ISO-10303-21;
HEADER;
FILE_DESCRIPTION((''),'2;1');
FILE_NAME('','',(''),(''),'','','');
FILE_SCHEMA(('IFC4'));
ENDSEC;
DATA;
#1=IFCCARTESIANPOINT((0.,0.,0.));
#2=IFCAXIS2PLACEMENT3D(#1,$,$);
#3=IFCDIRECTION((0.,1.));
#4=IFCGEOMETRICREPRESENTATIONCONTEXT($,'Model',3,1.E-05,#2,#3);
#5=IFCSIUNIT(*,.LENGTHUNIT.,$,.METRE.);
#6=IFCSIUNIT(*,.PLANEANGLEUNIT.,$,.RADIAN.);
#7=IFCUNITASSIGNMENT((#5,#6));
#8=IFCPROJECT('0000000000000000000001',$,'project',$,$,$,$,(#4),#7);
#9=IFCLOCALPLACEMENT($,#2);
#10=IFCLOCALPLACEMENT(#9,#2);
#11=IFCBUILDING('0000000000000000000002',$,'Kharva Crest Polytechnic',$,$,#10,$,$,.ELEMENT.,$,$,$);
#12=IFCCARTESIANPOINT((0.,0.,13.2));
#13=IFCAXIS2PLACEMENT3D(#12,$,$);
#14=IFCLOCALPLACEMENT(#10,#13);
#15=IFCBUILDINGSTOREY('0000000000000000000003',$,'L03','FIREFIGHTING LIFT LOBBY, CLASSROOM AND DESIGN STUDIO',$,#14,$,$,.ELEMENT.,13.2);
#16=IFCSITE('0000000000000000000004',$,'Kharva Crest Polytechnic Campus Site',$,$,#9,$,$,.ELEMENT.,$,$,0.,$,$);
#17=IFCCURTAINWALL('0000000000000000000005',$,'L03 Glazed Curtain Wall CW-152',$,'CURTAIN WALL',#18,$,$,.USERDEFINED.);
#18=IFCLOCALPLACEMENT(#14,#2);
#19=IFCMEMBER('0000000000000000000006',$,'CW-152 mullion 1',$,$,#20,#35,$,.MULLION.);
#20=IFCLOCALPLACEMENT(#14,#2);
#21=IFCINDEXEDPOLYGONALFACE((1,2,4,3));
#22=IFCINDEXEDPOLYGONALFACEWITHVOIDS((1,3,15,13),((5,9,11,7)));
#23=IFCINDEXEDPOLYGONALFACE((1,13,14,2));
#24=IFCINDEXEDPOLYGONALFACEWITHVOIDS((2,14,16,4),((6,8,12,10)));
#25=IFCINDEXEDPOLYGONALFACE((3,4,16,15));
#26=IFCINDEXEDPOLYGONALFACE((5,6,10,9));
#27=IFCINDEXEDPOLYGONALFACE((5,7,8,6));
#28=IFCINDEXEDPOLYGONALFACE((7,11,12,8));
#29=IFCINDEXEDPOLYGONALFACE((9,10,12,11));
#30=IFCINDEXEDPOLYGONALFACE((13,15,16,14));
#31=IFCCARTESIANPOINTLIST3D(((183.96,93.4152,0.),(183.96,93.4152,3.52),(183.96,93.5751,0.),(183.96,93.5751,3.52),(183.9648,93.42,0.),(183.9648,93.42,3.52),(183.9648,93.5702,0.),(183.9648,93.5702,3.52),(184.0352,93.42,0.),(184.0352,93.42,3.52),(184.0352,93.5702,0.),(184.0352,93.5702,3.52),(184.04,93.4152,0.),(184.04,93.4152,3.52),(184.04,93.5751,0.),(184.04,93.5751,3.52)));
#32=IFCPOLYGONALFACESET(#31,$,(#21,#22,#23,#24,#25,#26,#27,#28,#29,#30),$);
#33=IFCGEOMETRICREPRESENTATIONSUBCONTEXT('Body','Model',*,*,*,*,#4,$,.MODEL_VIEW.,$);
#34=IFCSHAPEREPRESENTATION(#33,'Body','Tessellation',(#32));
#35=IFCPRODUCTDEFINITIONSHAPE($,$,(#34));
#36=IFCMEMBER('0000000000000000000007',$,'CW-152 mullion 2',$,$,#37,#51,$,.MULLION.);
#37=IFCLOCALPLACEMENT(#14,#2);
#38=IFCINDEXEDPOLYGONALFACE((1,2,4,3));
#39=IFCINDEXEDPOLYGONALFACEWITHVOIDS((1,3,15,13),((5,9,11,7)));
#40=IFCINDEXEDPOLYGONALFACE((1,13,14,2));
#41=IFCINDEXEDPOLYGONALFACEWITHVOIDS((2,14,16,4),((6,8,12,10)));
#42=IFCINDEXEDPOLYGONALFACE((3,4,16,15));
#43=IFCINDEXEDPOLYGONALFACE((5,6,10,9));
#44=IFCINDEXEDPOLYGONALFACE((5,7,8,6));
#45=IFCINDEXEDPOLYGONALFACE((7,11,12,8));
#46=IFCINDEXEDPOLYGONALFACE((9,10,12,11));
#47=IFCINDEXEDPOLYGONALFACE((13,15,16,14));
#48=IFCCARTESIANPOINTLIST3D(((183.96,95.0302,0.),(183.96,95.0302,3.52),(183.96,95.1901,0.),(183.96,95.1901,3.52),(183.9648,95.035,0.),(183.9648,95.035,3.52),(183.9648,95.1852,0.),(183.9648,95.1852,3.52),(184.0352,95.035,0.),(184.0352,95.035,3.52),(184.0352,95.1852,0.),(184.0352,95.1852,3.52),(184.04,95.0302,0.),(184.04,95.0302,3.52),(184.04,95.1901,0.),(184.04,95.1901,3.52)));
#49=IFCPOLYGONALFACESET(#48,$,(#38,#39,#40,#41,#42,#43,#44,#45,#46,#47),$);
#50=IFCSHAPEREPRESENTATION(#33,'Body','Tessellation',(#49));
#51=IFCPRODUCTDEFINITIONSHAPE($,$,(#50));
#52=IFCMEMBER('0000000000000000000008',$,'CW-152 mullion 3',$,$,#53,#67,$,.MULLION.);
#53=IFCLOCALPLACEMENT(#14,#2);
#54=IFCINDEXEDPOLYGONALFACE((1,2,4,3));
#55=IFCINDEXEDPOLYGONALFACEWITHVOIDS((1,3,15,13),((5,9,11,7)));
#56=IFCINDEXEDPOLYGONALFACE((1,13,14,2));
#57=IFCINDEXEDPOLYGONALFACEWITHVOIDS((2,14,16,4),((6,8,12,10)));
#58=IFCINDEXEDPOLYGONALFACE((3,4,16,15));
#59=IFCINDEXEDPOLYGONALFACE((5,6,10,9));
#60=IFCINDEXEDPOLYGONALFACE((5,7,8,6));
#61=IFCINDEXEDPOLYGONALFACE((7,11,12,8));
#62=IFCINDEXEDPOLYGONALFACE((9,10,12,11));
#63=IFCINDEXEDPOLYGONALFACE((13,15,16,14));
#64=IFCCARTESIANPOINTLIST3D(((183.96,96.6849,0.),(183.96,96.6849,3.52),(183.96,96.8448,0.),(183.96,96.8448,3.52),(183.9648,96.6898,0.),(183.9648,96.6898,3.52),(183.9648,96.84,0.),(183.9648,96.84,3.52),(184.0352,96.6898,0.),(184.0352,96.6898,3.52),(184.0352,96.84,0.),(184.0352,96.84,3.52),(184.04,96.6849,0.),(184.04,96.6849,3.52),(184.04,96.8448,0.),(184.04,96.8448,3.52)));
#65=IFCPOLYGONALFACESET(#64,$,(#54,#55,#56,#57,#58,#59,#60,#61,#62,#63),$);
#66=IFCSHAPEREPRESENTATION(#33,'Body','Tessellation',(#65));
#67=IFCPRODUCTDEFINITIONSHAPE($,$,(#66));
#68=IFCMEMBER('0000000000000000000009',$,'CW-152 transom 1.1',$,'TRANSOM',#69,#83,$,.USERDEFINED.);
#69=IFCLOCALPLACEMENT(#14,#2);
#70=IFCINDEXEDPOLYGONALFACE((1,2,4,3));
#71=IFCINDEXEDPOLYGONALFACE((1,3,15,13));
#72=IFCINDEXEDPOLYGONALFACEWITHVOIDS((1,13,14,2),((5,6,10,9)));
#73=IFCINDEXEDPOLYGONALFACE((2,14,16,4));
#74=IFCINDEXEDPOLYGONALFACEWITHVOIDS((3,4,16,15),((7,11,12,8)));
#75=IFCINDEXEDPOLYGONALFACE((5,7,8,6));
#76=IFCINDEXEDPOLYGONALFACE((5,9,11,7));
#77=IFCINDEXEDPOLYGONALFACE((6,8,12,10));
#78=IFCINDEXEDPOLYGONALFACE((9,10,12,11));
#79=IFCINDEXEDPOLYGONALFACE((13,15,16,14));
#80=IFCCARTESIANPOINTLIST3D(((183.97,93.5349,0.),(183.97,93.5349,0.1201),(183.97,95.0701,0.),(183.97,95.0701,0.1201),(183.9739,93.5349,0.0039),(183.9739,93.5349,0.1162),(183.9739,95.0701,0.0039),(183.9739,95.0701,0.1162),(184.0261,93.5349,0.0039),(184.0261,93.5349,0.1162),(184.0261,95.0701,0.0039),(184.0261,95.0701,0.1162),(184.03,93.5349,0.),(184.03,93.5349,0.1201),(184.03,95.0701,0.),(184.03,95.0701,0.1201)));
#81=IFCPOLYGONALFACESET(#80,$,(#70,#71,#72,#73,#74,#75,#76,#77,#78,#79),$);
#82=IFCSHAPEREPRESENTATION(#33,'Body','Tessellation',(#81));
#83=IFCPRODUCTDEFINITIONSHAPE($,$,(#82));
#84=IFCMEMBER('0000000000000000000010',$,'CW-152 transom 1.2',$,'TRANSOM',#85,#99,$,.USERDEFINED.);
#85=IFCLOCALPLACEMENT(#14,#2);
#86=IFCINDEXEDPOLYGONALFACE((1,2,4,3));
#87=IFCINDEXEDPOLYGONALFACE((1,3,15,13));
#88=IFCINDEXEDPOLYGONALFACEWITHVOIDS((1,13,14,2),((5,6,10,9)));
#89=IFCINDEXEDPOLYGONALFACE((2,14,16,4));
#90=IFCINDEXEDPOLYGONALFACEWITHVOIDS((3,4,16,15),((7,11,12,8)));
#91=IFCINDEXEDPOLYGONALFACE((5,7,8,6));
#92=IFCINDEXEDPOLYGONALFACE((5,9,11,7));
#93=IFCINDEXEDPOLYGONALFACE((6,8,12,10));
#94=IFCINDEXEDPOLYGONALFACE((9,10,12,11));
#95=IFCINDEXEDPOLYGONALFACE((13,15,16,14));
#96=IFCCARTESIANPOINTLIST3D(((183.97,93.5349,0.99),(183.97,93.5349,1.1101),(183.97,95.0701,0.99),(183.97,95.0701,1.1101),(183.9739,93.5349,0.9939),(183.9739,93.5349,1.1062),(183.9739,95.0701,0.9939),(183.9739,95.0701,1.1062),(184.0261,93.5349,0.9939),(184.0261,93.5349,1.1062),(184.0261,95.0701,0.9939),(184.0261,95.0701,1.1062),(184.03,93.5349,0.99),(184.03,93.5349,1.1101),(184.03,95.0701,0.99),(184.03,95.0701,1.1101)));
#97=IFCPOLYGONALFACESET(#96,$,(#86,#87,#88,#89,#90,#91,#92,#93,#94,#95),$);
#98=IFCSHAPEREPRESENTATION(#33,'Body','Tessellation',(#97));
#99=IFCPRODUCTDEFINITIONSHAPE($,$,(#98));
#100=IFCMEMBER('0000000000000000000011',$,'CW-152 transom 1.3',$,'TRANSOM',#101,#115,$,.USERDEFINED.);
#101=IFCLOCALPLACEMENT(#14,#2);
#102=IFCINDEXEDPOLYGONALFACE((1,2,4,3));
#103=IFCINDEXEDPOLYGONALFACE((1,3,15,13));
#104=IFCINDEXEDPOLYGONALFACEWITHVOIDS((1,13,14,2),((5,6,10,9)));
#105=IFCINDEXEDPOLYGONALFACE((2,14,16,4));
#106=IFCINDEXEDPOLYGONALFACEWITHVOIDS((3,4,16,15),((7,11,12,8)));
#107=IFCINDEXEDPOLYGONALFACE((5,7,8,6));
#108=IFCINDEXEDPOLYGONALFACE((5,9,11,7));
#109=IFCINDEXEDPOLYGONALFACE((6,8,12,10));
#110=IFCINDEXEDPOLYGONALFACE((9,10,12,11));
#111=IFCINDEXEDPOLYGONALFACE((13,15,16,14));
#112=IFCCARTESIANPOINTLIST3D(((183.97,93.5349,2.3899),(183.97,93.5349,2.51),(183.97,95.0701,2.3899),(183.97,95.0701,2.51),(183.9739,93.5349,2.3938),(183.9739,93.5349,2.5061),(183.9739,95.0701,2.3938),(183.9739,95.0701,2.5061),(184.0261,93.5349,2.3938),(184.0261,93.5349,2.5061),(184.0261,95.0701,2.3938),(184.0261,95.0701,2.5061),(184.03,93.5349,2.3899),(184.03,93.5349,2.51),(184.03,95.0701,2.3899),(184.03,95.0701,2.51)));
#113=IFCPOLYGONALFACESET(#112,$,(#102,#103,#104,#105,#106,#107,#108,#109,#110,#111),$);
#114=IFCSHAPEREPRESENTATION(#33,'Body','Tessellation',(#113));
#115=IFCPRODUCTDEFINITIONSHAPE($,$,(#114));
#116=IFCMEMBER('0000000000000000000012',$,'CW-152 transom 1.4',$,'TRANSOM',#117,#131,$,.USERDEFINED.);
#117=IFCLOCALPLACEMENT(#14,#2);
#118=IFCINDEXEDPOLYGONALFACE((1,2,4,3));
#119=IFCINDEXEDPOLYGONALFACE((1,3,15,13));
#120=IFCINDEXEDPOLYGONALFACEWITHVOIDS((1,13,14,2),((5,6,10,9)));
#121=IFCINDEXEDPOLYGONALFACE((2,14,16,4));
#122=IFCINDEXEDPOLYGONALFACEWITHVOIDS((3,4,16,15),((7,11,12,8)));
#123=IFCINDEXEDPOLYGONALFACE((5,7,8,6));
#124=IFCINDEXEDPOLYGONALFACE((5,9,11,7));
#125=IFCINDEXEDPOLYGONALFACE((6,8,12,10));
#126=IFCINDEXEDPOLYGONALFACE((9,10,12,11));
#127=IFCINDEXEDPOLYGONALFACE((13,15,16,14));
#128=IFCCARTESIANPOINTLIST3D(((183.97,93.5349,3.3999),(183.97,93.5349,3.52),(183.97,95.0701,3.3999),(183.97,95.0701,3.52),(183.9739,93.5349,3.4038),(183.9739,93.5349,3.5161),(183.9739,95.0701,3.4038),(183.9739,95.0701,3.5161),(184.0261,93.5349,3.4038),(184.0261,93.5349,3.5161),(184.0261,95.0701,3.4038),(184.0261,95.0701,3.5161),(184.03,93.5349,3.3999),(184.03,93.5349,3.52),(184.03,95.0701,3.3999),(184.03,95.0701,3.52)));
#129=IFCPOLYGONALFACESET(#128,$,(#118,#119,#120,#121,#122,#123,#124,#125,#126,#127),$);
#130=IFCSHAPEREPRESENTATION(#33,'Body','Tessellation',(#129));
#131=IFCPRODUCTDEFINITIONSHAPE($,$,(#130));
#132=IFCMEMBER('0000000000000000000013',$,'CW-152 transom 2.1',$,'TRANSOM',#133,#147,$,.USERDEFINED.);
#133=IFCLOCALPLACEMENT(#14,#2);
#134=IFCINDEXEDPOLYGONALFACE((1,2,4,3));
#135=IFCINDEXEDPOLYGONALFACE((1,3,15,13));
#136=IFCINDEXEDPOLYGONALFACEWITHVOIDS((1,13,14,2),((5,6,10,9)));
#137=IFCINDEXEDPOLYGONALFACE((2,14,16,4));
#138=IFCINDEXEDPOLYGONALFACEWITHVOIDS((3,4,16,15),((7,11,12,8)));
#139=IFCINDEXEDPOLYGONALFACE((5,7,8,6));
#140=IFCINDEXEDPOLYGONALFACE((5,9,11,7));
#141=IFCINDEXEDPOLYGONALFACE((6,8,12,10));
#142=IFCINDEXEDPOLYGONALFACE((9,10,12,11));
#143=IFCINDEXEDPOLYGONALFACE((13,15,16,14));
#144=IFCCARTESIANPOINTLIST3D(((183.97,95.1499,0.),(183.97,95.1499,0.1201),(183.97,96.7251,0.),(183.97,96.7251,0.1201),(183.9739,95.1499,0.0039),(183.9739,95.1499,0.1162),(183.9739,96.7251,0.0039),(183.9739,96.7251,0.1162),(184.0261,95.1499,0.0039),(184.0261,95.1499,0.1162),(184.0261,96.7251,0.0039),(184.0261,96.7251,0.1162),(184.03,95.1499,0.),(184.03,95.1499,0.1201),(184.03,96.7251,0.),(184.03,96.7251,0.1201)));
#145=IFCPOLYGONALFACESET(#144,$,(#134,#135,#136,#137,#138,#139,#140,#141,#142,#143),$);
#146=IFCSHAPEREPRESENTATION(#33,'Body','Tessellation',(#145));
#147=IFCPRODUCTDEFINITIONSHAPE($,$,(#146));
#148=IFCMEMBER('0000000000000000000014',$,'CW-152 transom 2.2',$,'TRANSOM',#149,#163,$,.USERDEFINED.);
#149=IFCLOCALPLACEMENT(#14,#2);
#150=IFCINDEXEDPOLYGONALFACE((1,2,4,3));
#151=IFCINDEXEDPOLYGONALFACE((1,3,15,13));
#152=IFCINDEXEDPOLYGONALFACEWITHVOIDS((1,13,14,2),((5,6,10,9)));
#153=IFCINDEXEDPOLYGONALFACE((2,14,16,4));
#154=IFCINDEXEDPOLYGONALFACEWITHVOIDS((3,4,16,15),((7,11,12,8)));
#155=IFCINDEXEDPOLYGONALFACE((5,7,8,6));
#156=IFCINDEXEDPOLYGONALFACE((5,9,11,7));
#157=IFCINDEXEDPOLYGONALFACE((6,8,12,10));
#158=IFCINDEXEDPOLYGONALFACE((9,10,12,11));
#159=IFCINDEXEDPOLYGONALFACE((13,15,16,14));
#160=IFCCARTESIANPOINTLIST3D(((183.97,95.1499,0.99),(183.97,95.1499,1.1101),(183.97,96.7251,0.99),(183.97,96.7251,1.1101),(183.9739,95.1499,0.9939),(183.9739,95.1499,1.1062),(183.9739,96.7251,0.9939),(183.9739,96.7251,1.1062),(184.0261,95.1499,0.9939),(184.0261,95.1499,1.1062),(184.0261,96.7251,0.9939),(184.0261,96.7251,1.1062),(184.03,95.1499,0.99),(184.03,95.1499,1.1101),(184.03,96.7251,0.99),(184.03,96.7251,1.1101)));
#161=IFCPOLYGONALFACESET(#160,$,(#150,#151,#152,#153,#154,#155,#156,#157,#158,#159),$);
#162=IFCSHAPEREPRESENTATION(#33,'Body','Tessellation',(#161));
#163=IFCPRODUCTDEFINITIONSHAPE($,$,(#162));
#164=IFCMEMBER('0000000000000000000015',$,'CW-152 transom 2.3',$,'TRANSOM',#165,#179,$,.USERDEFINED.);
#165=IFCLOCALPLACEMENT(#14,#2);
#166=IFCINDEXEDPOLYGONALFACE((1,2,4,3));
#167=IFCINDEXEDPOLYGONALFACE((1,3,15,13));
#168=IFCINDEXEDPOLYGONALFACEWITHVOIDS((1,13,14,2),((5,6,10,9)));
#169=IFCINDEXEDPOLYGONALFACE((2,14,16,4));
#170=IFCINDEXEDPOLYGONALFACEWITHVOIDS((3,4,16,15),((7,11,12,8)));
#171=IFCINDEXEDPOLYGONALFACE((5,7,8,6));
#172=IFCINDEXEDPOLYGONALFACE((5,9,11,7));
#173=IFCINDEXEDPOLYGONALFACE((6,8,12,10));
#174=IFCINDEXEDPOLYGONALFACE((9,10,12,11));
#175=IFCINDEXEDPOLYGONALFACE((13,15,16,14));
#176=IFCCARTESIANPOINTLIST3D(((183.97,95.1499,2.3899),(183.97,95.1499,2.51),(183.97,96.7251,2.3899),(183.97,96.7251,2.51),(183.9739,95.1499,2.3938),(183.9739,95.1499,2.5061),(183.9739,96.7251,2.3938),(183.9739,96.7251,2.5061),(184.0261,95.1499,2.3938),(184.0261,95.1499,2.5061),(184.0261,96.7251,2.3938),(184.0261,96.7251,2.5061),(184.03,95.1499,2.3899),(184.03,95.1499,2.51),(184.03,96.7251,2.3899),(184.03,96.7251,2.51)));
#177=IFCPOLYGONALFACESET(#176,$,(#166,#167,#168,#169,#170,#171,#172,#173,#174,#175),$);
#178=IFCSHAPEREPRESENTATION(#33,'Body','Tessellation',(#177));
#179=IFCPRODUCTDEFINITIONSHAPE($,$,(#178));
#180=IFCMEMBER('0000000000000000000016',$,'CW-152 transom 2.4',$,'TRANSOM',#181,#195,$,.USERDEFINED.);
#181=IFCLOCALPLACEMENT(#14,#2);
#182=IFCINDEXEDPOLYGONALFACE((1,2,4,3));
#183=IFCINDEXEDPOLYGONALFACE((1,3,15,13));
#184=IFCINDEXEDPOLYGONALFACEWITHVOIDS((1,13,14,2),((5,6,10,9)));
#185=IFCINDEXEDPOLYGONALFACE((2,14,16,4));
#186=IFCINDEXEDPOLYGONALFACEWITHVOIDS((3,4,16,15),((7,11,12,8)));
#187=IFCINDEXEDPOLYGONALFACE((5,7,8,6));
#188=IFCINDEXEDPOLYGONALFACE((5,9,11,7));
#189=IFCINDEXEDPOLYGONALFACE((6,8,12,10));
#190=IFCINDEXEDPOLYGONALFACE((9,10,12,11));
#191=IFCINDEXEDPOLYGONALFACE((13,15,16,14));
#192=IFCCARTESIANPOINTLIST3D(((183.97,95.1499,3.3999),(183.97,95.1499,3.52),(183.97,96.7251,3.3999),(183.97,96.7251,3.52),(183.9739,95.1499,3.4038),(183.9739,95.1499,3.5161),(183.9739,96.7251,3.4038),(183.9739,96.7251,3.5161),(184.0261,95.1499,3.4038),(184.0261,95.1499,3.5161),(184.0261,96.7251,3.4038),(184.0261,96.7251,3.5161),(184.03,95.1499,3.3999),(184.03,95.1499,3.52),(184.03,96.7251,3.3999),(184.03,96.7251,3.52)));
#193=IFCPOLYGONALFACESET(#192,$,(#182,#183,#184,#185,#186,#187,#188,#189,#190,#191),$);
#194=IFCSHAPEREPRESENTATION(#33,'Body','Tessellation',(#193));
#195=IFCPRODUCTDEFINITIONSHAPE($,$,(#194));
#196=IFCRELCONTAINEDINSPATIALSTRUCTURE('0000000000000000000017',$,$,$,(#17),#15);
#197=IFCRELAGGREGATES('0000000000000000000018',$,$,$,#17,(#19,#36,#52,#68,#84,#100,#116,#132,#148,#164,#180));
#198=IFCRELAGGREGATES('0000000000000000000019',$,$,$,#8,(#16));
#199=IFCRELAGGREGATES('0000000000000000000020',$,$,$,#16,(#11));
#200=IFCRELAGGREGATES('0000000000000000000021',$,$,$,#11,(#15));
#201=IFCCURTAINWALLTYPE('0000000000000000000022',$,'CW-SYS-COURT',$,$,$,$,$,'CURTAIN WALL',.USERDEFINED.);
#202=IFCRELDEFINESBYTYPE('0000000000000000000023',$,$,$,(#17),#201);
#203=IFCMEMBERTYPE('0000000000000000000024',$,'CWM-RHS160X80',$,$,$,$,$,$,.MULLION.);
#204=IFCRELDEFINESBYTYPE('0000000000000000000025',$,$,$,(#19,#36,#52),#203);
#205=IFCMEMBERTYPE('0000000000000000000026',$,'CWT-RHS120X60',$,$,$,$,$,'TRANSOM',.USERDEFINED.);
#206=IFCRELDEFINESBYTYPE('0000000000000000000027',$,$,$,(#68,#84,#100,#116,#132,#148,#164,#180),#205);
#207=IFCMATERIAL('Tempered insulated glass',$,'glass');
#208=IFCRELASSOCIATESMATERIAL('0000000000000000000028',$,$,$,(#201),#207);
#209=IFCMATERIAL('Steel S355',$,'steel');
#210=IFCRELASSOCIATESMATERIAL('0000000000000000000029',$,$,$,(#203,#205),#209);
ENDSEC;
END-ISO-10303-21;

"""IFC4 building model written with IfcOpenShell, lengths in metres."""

from ifc_helpers import new_model, si_unit, direction, frame, origin, origin_2d, place, context, subcontext, project, spatial, hollow_rectangle, extrude, material, material_profile, profile_set, type_object, element, aggregate, save


model = new_model("IFC4")

# Units and contexts
model_context = context("Model", 3, precision=1e-05, world=origin(), true_north=direction((0.0, 1.0)))
body_context = subcontext(model_context, "Body", "Model", "MODEL_VIEW")
ifc_project = project(units=[si_unit("LENGTHUNIT", "METRE"), si_unit("PLANEANGLEUNIT", "RADIAN")], contexts=[model_context])

# Site, building, storey
site_placement = place(None, origin())
site = spatial("IfcSite", under=ifc_project, at=site_placement, Name="Kharva Crest Polytechnic Campus Site", CompositionType="ELEMENT", RefElevation=0.0)
building_placement = place(site_placement, origin())
building = spatial("IfcBuilding", under=site, at=building_placement, Name="Kharva Crest Polytechnic", CompositionType="ELEMENT")
storey_placement = place(building_placement, frame((0.0, 0.0, 13.2)))
storey = spatial("IfcBuildingStorey", under=building, at=storey_placement, Name="L03", Description="FIREFIGHTING LIFT LOBBY, CLASSROOM AND DESIGN STUDIO", CompositionType="ELEMENT", Elevation=13.2)

# Curtain wall, members
ifc_material_1 = material(Name="Tempered insulated glass", Category="glass")
curtain_wall_type = type_object("IfcCurtainWallType", Name="CW-SYS-COURT", ElementType="CURTAIN WALL", PredefinedType="USERDEFINED", material=ifc_material_1)
curtain_wall_placement = place(storey_placement, origin())
curtain_wall = element("IfcCurtainWall", 1, at=curtain_wall_placement, inside=storey, type_object=curtain_wall_type, Name="L03 Glazed Curtain Wall CW-152", ObjectType="CURTAIN WALL", PredefinedType="USERDEFINED")
ifc_material_2 = material(Name="Steel S355", Category="steel")
ifc_material_profile_1 = material_profile(ifc_material_2, hollow_rectangle(XDim=0.0801, YDim=0.1599, WallThickness=0.0049, at=origin_2d()), Name="RHS 160X80X5.0")
ifc_profile_set_1 = profile_set([ifc_material_profile_1], Name="Steel S355")
member_type_1 = type_object("IfcMemberType", Name="CWM-RHS160X80", PredefinedType="MULLION", material=ifc_profile_set_1)
member_1_placement = place(storey_placement, frame((184.0, 93.4951, 0.0), z_axis=(0.0, 0.0, 1.0), x_axis=(-1.0, 0.0, 0.0)))
member_1 = element("IfcMember", 2, at=member_1_placement, type_object=member_type_1, Name="CW-152 mullion 1", PredefinedType="MULLION", context=body_context, shape_type="SweptSolid", body=[
    extrude(hollow_rectangle(XDim=0.0801, YDim=0.1599, WallThickness=0.0049, at=origin_2d()), origin(), (0.0, 0.0, 1.0), 3.52),
])
member_2_placement = place(storey_placement, frame((184.0, 95.1101, 0.0), z_axis=(0.0, 0.0, 1.0), x_axis=(-1.0, 0.0, 0.0)))
member_2 = element("IfcMember", 3, at=member_2_placement, type_object=member_type_1, Name="CW-152 mullion 2", PredefinedType="MULLION", context=body_context, shape_type="SweptSolid", body=[
    extrude(hollow_rectangle(XDim=0.0801, YDim=0.1599, WallThickness=0.0049, at=origin_2d()), origin(), (0.0, 0.0, 1.0), 3.52),
])
member_3_placement = place(storey_placement, frame((184.0, 96.7649, 0.0), z_axis=(0.0, 0.0, 1.0), x_axis=(-1.0, 0.0, 0.0)))
member_3 = element("IfcMember", 4, at=member_3_placement, type_object=member_type_1, Name="CW-152 mullion 3", PredefinedType="MULLION", context=body_context, shape_type="SweptSolid", body=[
    extrude(hollow_rectangle(XDim=0.0801, YDim=0.1599, WallThickness=0.0049, at=origin_2d()), origin(), (0.0, 0.0, 1.0), 3.52),
])
ifc_material_profile_2 = material_profile(ifc_material_2, hollow_rectangle(XDim=0.0601, YDim=0.1201, WallThickness=0.0039, at=origin_2d()), Name="RHS 120X60X4.0")
ifc_profile_set_2 = profile_set([ifc_material_profile_2], Name="Steel S355")
member_type_2 = type_object("IfcMemberType", Name="CWT-RHS120X60", ElementType="TRANSOM", PredefinedType="USERDEFINED", material=ifc_profile_set_2)
member_4_placement = place(storey_placement, frame((184.0, 93.5349, 0.0601), z_axis=(0.0, 1.0, 0.0), x_axis=(-1.0, 0.0, 0.0)))
member_4 = element("IfcMember", 5, at=member_4_placement, type_object=member_type_2, Name="CW-152 transom 1.1", ObjectType="TRANSOM", PredefinedType="USERDEFINED", context=body_context, shape_type="SweptSolid", body=[
    extrude(hollow_rectangle(XDim=0.0601, YDim=0.1201, WallThickness=0.0039, at=origin_2d()), origin(), (0.0, 0.0, 1.0), 1.5352),
])
member_5_placement = place(storey_placement, frame((184.0, 93.5349, 1.05), z_axis=(0.0, 1.0, 0.0), x_axis=(-1.0, 0.0, 0.0)))
member_5 = element("IfcMember", 6, at=member_5_placement, type_object=member_type_2, Name="CW-152 transom 1.2", ObjectType="TRANSOM", PredefinedType="USERDEFINED", context=body_context, shape_type="SweptSolid", body=[
    extrude(hollow_rectangle(XDim=0.0601, YDim=0.1201, WallThickness=0.0039, at=origin_2d()), origin(), (0.0, 0.0, 1.0), 1.5352),
])
member_6_placement = place(storey_placement, frame((184.0, 93.5349, 2.45), z_axis=(0.0, 1.0, 0.0), x_axis=(-1.0, 0.0, 0.0)))
member_6 = element("IfcMember", 7, at=member_6_placement, type_object=member_type_2, Name="CW-152 transom 1.3", ObjectType="TRANSOM", PredefinedType="USERDEFINED", context=body_context, shape_type="SweptSolid", body=[
    extrude(hollow_rectangle(XDim=0.0601, YDim=0.1201, WallThickness=0.0039, at=origin_2d()), origin(), (0.0, 0.0, 1.0), 1.5352),
])
member_7_placement = place(storey_placement, frame((184.0, 93.5349, 3.46), z_axis=(0.0, 1.0, 0.0), x_axis=(-1.0, 0.0, 0.0)))
member_7 = element("IfcMember", 8, at=member_7_placement, type_object=member_type_2, Name="CW-152 transom 1.4", ObjectType="TRANSOM", PredefinedType="USERDEFINED", context=body_context, shape_type="SweptSolid", body=[
    extrude(hollow_rectangle(XDim=0.0601, YDim=0.1201, WallThickness=0.0039, at=origin_2d()), origin(), (0.0, 0.0, 1.0), 1.5352),
])
member_8_placement = place(storey_placement, frame((184.0, 95.1499, 0.0601), z_axis=(0.0, 1.0, 0.0), x_axis=(-1.0, 0.0, 0.0)))
member_8 = element("IfcMember", 9, at=member_8_placement, type_object=member_type_2, Name="CW-152 transom 2.1", ObjectType="TRANSOM", PredefinedType="USERDEFINED", context=body_context, shape_type="SweptSolid", body=[
    extrude(hollow_rectangle(XDim=0.0601, YDim=0.1201, WallThickness=0.0039, at=origin_2d()), origin(), (0.0, 0.0, 1.0), 1.5752),
])
member_9_placement = place(storey_placement, frame((184.0, 95.1499, 1.05), z_axis=(0.0, 1.0, 0.0), x_axis=(-1.0, 0.0, 0.0)))
member_9 = element("IfcMember", 10, at=member_9_placement, type_object=member_type_2, Name="CW-152 transom 2.2", ObjectType="TRANSOM", PredefinedType="USERDEFINED", context=body_context, shape_type="SweptSolid", body=[
    extrude(hollow_rectangle(XDim=0.0601, YDim=0.1201, WallThickness=0.0039, at=origin_2d()), origin(), (0.0, 0.0, 1.0), 1.5752),
])
member_10_placement = place(storey_placement, frame((184.0, 95.1499, 2.45), z_axis=(0.0, 1.0, 0.0), x_axis=(-1.0, 0.0, 0.0)))
member_10 = element("IfcMember", 11, at=member_10_placement, type_object=member_type_2, Name="CW-152 transom 2.3", ObjectType="TRANSOM", PredefinedType="USERDEFINED", context=body_context, shape_type="SweptSolid", body=[
    extrude(hollow_rectangle(XDim=0.0601, YDim=0.1201, WallThickness=0.0039, at=origin_2d()), origin(), (0.0, 0.0, 1.0), 1.5752),
])
member_11_placement = place(storey_placement, frame((184.0, 95.1499, 3.46), z_axis=(0.0, 1.0, 0.0), x_axis=(-1.0, 0.0, 0.0)))
member_11 = element("IfcMember", 12, at=member_11_placement, type_object=member_type_2, Name="CW-152 transom 2.4", ObjectType="TRANSOM", PredefinedType="USERDEFINED", context=body_context, shape_type="SweptSolid", body=[
    extrude(hollow_rectangle(XDim=0.0601, YDim=0.1201, WallThickness=0.0039, at=origin_2d()), origin(), (0.0, 0.0, 1.0), 1.5752),
])
aggregate(curtain_wall, [member_1, member_2, member_3, member_4, member_5, member_6, member_7, member_8, member_9, member_10, member_11])

save(model, "model.ifc")
